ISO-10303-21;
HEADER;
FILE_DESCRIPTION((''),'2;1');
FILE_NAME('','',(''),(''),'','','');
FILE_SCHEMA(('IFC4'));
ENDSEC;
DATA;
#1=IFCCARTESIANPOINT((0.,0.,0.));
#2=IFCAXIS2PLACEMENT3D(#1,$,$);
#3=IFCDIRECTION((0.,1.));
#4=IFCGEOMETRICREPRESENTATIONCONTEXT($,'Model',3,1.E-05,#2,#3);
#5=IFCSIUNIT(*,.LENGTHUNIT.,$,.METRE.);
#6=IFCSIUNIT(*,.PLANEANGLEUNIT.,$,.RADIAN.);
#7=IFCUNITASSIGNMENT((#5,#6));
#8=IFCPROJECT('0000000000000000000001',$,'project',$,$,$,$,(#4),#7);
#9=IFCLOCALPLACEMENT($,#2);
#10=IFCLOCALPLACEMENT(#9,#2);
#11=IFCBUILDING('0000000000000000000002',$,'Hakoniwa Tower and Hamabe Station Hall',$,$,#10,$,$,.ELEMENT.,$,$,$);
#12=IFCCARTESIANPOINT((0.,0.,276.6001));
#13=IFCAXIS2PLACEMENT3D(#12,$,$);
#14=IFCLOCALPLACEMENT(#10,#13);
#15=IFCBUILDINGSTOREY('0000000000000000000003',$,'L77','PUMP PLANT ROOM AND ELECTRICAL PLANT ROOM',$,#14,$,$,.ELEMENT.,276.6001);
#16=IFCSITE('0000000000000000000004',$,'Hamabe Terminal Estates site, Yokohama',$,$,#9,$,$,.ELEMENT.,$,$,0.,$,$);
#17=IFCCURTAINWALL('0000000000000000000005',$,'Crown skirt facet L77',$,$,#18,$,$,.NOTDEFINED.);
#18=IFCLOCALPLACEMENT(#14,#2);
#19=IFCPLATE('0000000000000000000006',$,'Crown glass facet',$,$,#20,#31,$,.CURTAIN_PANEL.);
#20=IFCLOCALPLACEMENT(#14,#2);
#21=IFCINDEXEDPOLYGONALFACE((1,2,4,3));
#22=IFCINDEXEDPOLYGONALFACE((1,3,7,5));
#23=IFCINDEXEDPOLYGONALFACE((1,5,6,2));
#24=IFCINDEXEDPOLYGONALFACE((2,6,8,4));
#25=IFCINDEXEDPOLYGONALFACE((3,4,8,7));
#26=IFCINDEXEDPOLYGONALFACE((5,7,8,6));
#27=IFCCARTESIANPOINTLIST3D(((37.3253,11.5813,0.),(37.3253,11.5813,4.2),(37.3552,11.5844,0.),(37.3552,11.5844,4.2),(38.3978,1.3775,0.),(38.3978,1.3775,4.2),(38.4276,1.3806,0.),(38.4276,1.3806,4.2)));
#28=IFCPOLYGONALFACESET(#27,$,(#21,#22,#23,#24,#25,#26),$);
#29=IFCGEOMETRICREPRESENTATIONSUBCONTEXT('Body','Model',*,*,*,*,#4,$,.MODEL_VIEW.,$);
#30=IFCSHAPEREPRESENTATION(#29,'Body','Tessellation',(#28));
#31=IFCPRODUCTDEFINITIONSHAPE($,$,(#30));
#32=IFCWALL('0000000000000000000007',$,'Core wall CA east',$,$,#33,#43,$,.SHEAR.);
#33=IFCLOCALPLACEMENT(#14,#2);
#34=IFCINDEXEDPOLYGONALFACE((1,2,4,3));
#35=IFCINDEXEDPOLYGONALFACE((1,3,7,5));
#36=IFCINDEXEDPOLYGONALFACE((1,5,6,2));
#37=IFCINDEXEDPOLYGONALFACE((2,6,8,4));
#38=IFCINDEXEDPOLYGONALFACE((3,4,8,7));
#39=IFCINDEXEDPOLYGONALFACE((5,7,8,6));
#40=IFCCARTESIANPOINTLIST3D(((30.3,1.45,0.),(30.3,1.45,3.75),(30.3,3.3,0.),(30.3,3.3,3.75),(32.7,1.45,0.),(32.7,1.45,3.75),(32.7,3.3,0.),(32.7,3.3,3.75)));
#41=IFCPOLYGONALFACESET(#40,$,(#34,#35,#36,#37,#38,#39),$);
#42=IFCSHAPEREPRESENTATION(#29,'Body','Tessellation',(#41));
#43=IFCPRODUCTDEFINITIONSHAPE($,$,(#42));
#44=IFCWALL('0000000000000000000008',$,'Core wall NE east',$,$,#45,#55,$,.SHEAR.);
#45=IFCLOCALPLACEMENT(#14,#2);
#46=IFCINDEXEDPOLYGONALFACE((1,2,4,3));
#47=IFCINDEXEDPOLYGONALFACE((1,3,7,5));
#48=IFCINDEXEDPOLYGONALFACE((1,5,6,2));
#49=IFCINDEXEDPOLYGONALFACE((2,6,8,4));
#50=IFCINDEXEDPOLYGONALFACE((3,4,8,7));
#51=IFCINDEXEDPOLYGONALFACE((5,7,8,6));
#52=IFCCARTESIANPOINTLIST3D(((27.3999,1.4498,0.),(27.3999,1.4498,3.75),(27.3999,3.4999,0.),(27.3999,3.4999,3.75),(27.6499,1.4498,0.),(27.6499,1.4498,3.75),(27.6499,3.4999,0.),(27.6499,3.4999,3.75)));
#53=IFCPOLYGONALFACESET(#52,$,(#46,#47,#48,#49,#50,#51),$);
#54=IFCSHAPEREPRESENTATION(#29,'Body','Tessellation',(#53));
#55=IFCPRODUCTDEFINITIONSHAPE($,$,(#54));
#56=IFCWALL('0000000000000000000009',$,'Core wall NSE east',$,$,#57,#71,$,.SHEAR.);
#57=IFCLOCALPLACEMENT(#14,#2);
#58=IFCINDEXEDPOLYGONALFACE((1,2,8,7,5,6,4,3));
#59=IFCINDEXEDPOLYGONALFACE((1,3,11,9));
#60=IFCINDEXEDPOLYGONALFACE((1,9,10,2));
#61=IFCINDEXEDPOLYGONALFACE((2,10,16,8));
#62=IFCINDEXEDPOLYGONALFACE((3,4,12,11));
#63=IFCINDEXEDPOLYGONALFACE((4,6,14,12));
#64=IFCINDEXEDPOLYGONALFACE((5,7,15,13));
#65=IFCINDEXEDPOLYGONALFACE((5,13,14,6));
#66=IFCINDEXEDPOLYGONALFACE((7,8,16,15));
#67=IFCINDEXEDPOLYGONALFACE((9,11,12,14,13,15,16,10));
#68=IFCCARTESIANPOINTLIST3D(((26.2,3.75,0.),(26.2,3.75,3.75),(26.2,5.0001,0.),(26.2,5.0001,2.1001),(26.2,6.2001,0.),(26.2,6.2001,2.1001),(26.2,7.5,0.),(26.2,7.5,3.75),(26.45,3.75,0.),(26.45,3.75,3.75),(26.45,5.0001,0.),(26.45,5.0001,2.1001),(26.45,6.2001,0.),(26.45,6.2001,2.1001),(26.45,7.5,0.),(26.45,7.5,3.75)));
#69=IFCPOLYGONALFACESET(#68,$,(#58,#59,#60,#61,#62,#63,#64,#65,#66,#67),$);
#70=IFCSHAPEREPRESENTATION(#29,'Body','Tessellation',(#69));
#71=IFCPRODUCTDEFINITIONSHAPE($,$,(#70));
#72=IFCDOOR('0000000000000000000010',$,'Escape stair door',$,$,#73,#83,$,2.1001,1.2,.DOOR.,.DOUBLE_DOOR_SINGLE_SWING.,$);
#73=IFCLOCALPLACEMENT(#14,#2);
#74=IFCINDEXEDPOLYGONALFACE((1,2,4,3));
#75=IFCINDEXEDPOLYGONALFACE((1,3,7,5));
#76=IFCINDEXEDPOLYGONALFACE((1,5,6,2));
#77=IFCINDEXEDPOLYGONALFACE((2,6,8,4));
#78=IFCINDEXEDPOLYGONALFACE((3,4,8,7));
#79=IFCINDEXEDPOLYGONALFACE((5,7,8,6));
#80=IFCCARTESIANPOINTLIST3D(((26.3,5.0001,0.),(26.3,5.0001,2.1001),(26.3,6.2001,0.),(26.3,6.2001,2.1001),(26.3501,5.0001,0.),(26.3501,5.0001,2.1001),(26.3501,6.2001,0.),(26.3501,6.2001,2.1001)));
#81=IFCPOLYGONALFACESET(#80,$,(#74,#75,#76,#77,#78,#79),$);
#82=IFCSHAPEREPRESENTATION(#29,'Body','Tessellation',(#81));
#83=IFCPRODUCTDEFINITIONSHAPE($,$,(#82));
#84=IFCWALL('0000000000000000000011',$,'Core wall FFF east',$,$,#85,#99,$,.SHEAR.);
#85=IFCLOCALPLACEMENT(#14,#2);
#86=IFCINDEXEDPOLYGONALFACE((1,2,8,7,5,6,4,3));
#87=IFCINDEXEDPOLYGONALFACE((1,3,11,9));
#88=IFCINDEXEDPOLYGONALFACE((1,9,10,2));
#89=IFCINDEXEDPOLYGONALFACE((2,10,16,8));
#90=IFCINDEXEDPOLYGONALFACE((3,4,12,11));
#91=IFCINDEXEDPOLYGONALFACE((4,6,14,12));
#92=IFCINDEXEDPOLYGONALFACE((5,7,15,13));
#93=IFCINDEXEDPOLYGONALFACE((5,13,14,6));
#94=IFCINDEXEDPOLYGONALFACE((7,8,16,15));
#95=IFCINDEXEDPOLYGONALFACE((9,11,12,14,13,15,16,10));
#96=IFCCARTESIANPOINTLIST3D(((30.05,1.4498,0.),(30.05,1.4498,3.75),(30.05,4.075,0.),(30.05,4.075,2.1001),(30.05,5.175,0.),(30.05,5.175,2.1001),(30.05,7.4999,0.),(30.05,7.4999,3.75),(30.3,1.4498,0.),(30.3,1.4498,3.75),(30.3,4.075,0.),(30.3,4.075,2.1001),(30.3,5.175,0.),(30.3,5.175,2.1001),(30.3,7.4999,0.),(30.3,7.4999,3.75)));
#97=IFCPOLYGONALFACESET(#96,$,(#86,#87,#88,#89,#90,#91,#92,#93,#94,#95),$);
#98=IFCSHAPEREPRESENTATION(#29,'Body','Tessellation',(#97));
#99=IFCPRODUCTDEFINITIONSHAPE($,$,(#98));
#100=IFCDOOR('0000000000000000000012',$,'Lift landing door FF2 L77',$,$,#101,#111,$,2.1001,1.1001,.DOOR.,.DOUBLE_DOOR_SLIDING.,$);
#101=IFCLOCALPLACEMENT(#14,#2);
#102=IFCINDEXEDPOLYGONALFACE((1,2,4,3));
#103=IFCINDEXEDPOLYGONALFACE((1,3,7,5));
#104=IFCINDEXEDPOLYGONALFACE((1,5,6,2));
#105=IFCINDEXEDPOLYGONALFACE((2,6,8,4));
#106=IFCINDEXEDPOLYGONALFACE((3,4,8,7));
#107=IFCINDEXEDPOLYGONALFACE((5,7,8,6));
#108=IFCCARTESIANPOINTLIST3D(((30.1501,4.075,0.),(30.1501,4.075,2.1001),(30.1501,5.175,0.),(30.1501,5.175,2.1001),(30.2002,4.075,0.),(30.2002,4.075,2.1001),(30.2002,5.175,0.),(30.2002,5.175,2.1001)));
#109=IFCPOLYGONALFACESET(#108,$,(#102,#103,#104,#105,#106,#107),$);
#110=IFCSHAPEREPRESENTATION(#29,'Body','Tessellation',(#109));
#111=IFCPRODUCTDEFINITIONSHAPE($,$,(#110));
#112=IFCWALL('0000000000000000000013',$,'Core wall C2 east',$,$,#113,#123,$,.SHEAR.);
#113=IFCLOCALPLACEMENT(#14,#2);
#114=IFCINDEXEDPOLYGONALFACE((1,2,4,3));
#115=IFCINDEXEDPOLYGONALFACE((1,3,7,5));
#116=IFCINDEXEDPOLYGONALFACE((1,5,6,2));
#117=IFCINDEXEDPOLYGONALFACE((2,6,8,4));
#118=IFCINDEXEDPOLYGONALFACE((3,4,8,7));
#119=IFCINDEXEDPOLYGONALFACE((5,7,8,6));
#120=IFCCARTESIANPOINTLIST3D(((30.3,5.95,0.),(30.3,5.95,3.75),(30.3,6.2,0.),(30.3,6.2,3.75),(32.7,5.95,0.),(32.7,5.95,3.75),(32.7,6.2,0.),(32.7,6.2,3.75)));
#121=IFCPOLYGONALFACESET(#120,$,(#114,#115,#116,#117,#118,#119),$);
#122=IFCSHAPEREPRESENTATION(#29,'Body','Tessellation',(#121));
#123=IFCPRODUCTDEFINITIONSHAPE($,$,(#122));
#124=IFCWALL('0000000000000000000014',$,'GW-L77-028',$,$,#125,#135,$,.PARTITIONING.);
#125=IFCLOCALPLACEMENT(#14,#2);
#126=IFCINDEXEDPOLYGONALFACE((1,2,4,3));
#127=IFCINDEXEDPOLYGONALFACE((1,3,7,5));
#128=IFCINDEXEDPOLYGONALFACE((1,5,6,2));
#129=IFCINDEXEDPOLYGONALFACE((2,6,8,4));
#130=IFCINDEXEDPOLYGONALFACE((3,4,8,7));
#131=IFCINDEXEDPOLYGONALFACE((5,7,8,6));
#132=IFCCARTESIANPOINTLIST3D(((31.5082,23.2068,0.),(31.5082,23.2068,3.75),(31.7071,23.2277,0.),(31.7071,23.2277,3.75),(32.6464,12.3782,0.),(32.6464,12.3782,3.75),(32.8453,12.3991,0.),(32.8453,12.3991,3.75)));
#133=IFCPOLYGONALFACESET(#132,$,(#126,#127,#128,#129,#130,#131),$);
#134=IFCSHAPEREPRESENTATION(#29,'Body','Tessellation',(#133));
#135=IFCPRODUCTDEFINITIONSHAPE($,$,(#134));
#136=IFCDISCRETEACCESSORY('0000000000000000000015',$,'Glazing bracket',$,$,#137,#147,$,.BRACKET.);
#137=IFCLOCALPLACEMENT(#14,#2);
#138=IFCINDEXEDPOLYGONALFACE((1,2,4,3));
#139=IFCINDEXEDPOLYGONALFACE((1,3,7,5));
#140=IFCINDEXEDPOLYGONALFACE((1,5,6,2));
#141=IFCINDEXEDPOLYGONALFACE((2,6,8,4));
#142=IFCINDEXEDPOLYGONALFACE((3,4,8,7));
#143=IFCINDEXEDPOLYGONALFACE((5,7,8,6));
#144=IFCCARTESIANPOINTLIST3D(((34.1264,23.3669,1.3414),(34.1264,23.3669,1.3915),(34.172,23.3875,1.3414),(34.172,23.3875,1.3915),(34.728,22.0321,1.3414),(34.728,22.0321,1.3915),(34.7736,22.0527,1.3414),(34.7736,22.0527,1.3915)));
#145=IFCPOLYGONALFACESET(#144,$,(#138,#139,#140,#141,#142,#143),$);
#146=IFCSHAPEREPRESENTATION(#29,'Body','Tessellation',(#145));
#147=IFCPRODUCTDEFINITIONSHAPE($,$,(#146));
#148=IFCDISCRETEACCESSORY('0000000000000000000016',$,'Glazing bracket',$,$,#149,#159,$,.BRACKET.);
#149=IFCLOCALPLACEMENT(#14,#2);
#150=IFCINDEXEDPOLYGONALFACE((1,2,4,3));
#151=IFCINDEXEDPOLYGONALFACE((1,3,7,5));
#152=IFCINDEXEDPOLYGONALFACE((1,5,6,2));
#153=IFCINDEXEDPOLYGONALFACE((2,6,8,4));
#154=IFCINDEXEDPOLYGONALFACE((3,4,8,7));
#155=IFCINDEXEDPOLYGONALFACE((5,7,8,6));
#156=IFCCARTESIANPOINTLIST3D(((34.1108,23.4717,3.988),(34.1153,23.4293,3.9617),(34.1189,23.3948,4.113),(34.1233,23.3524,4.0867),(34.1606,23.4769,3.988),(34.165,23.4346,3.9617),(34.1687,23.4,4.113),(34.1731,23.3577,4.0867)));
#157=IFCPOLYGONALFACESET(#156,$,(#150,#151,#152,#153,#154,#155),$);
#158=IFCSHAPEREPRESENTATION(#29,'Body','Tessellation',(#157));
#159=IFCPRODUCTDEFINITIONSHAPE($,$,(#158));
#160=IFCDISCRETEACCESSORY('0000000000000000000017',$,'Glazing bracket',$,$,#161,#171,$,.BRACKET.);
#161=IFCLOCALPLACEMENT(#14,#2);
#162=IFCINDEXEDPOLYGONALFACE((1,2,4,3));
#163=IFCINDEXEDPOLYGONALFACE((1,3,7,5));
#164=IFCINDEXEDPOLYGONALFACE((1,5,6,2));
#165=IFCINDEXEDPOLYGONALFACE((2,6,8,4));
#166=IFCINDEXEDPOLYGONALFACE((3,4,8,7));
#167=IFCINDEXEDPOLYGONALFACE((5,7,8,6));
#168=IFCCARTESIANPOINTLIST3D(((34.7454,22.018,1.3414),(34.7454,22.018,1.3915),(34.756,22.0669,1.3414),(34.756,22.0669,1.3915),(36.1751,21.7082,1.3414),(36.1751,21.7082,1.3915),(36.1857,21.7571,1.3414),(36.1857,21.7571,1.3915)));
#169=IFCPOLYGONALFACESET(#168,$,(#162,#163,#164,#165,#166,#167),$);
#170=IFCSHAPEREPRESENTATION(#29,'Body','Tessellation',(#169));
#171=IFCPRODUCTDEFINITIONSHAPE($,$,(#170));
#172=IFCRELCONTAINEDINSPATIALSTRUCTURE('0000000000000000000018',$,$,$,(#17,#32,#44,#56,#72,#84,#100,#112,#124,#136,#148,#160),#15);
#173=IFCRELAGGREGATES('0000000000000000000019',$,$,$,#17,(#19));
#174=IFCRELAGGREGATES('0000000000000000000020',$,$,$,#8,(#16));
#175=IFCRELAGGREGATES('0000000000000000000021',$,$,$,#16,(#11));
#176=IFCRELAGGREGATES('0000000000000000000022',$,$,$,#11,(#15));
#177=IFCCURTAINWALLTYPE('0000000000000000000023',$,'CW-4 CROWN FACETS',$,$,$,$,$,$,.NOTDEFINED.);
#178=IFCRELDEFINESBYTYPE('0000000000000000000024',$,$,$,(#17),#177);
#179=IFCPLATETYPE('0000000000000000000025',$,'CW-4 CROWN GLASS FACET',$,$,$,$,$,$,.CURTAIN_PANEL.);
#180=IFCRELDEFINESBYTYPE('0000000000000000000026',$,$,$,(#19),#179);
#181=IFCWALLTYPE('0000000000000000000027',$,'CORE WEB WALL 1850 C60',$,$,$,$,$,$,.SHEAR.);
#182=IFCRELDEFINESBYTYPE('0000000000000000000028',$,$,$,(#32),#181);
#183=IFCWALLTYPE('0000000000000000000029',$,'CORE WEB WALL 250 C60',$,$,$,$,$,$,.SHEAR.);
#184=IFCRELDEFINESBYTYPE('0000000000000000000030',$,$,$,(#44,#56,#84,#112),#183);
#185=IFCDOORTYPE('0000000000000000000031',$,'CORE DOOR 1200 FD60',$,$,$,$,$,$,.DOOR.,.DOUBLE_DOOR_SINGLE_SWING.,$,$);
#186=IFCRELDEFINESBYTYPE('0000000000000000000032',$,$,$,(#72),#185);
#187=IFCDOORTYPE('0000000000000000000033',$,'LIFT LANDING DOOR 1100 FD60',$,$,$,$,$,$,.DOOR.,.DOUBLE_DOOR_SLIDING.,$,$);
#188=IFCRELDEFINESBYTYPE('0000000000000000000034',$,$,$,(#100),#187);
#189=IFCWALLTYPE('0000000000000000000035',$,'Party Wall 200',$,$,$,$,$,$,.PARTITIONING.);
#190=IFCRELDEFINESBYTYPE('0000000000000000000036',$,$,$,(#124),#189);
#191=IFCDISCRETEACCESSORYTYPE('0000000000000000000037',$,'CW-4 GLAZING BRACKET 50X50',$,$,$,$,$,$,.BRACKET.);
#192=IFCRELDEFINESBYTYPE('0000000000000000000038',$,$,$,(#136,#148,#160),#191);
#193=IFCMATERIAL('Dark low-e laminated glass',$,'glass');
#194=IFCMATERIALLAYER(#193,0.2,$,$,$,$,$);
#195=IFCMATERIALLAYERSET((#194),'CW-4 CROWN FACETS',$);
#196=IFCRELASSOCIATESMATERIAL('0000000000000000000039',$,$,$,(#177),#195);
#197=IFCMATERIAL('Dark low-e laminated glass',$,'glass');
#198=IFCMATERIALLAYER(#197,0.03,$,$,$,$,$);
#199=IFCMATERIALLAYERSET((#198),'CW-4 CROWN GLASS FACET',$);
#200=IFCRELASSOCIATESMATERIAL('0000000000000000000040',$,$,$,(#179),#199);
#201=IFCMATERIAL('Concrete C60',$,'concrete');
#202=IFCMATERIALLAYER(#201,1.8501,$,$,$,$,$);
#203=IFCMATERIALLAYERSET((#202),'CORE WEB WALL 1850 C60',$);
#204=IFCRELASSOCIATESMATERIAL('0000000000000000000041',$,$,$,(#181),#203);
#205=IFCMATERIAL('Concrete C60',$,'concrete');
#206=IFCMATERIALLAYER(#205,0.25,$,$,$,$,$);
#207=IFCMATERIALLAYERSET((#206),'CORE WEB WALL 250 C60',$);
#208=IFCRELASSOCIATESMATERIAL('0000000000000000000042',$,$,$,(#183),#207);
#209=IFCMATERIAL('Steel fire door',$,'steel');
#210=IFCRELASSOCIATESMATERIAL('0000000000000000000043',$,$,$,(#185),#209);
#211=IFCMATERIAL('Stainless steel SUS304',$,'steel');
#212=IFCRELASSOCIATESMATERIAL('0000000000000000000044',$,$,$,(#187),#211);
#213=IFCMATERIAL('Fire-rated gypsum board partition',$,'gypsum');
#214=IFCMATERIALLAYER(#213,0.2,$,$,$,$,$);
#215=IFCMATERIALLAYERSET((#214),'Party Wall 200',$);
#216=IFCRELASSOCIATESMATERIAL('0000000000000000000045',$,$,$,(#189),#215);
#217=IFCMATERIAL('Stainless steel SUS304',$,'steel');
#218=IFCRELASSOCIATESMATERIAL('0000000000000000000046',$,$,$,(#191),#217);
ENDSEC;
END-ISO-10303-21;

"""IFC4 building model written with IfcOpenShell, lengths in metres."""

from ifc_helpers import new_model, si_unit, direction, frame, frame_2d, origin, origin_2d, place, context, subcontext, project, spatial, rectangle, extrude, material, layer, layer_set, material_profile, profile_set, type_object, element, fill, aggregate, save


model = new_model("IFC4")

# Units and contexts
model_context = context("Model", 3, precision=1e-05, world=origin(), true_north=direction((0.0, 1.0)))
body_context = subcontext(model_context, "Body", "Model", "MODEL_VIEW")
ifc_project = project(units=[si_unit("LENGTHUNIT", "METRE"), si_unit("PLANEANGLEUNIT", "RADIAN")], contexts=[model_context])

# Site, building, storey
site_placement = place(None, origin())
site = spatial("IfcSite", under=ifc_project, at=site_placement, Name="Hamabe Terminal Estates site, Yokohama", CompositionType="ELEMENT", RefElevation=0.0)
building_placement = place(site_placement, origin())
building = spatial("IfcBuilding", under=site, at=building_placement, Name="Hakoniwa Tower and Hamabe Station Hall", CompositionType="ELEMENT")
storey_placement = place(building_placement, frame((0.0, 0.0, 276.6001)))
storey = spatial("IfcBuildingStorey", under=building, at=storey_placement, Name="L77", Description="PUMP PLANT ROOM AND ELECTRICAL PLANT ROOM", CompositionType="ELEMENT", Elevation=276.6001)

# Shared definitions
ifc_material_1 = material(Name="Dark low-e laminated glass", Category="glass")
ifc_layer_1 = layer(ifc_material_1, 0.2)
ifc_layer_set_1 = layer_set([ifc_layer_1], Name="CW-4 CROWN FACETS")
curtain_wall_type = type_object("IfcCurtainWallType", Name="CW-4 CROWN FACETS", PredefinedType="NOTDEFINED", material=ifc_layer_set_1)

# Shared definitions
ifc_material_2 = material(Name="Dark low-e laminated glass", Category="glass")
ifc_layer_2 = layer(ifc_material_2, 0.03)
ifc_layer_set_2 = layer_set([ifc_layer_2], Name="CW-4 CROWN GLASS FACET")
plate_type = type_object("IfcPlateType", Name="CW-4 CROWN GLASS FACET", PredefinedType="CURTAIN_PANEL", material=ifc_layer_set_2)

# Curtain wall, plate
curtain_wall_1_placement = place(storey_placement, origin())
curtain_wall_1 = element("IfcCurtainWall", 1, at=curtain_wall_1_placement, inside=storey, type_object=curtain_wall_type, Name="Crown skirt facet L77", PredefinedType="NOTDEFINED")
plate_1_placement = place(storey_placement, frame((37.8765, 6.481, 0.0), z_axis=(0.0, 0.0, 1.0), x_axis=(-0.104528, 0.994522, 0.0)))
plate_1 = element("IfcPlate", 2, at=plate_1_placement, type_object=plate_type, Name="Crown glass facet", PredefinedType="CURTAIN_PANEL", context=body_context, shape_type="SweptSolid", body=[
    extrude(rectangle(XDim=10.26, YDim=0.03, at=origin_2d()), origin(), (0.0, 0.0, 1.0), 4.2),
])
aggregate(curtain_wall_1, [plate_1])

# Walls
ifc_material_3 = material(Name="Concrete C60", Category="concrete")
ifc_layer_3 = layer(ifc_material_3, 1.8501)
ifc_layer_set_3 = layer_set([ifc_layer_3], Name="CORE WEB WALL 1850 C60")
wall_type_1 = type_object("IfcWallType", Name="CORE WEB WALL 1850 C60", PredefinedType="SHEAR", material=ifc_layer_set_3)
wall_1_placement = place(storey_placement, frame((30.3, 2.375, 0.0), z_axis=(0.0, 0.0, 1.0), x_axis=(1.0, 0.0, 0.0)))
element("IfcWall", 3, at=wall_1_placement, inside=storey, type_object=wall_type_1, Name="Core wall CA east", PredefinedType="SHEAR", context=body_context, shape_type="SweptSolid", body=[
    extrude(rectangle(XDim=2.3999, YDim=1.8501, at=frame_2d((1.2, 0.0))), origin(), (0.0, 0.0, 1.0), 3.75),
])
ifc_material_4 = material(Name="Concrete C60", Category="concrete")
ifc_layer_4 = layer(ifc_material_4, 0.25)
ifc_layer_set_4 = layer_set([ifc_layer_4], Name="CORE WEB WALL 250 C60")
wall_type_2 = type_object("IfcWallType", Name="CORE WEB WALL 250 C60", PredefinedType="SHEAR", material=ifc_layer_set_4)
wall_2_placement = place(storey_placement, frame((27.5249, 1.45, 0.0), z_axis=(0.0, 0.0, 1.0), x_axis=(0.0, 1.0, 0.0)))
element("IfcWall", 4, at=wall_2_placement, inside=storey, type_object=wall_type_2, Name="Core wall NE east", PredefinedType="SHEAR", context=body_context, shape_type="SweptSolid", body=[
    extrude(rectangle(XDim=2.05, YDim=0.25, at=frame_2d((1.0249, 0.0))), origin(), (0.0, 0.0, 1.0), 3.75),
])

# Walls, openings, doors
wall_3_placement = place(storey_placement, frame((26.325, 3.75, 0.0), z_axis=(0.0, 0.0, 1.0), x_axis=(0.0, 1.0, 0.0)))
wall_3 = element("IfcWall", 5, at=wall_3_placement, inside=storey, type_object=wall_type_2, Name="Core wall NSE east", PredefinedType="SHEAR", context=body_context, shape_type="SweptSolid", body=[
    extrude(rectangle(XDim=3.75, YDim=0.25, at=frame_2d((1.875, 0.0))), origin(), (0.0, 0.0, 1.0), 3.75),
])
opening_1_placement = place(wall_3_placement, frame((1.25, 0.0, 0.0)))
opening_1 = element("IfcOpeningElement", 6, at=opening_1_placement, cuts=wall_3, PredefinedType="OPENING", context=body_context, shape_type="SweptSolid", body=[
    extrude(rectangle(XDim=1.2, YDim=2.1001, at=frame_2d((0.6001, 1.05))), frame((0.0, 0.135, 0.0), z_axis=(0.0, -1.0, 0.0), x_axis=(1.0, 0.0, 0.0)), (0.0, 0.0, 1.0), 0.27),
])
ifc_material_5 = material(Name="Steel fire door", Category="steel")
door_type_1 = type_object("IfcDoorType", Name="CORE DOOR 1200 FD60", OperationType="DOUBLE_DOOR_SINGLE_SWING", PredefinedType="DOOR", material=ifc_material_5)
door_1_placement = place(opening_1_placement, origin())
door_1 = element("IfcDoor", 7, at=door_1_placement, inside=storey, type_object=door_type_1, Name="Escape stair door", OperationType="DOUBLE_DOOR_SINGLE_SWING", OverallHeight=2.1001, OverallWidth=1.2, PredefinedType="DOOR", context=body_context, shape_type="SweptSolid", body=[
    extrude(rectangle(XDim=1.2, YDim=2.1001, at=frame_2d((0.6001, 1.05))), frame((0.0, 0.0249, 0.0), z_axis=(0.0, -1.0, 0.0), x_axis=(1.0, 0.0, 0.0)), (0.0, 0.0, 1.0), 0.05),
])
fill(opening_1, door_1)
wall_4_placement = place(storey_placement, frame((30.175, 1.45, 0.0), z_axis=(0.0, 0.0, 1.0), x_axis=(0.0, 1.0, 0.0)))
wall_4 = element("IfcWall", 8, at=wall_4_placement, inside=storey, type_object=wall_type_2, Name="Core wall FFF east", PredefinedType="SHEAR", context=body_context, shape_type="SweptSolid", body=[
    extrude(rectangle(XDim=6.05, YDim=0.25, at=frame_2d((3.0249, 0.0))), origin(), (0.0, 0.0, 1.0), 3.75),
])
opening_2_placement = place(wall_4_placement, frame((2.625, 0.0, 0.0)))
opening_2 = element("IfcOpeningElement", 9, at=opening_2_placement, cuts=wall_4, PredefinedType="OPENING", context=body_context, shape_type="SweptSolid", body=[
    extrude(rectangle(XDim=1.1001, YDim=2.1001, at=frame_2d((0.55, 1.05))), frame((0.0, 0.135, 0.0), z_axis=(0.0, -1.0, 0.0), x_axis=(1.0, 0.0, 0.0)), (0.0, 0.0, 1.0), 0.27),
])
ifc_material_6 = material(Name="Stainless steel SUS304", Category="steel")
door_type_2 = type_object("IfcDoorType", Name="LIFT LANDING DOOR 1100 FD60", OperationType="DOUBLE_DOOR_SLIDING", PredefinedType="DOOR", material=ifc_material_6)
door_2_placement = place(opening_2_placement, origin())
door_2 = element("IfcDoor", 10, at=door_2_placement, inside=storey, type_object=door_type_2, Name="Lift landing door FF2 L77", OperationType="DOUBLE_DOOR_SLIDING", OverallHeight=2.1001, OverallWidth=1.1001, PredefinedType="DOOR", context=body_context, shape_type="SweptSolid", body=[
    extrude(rectangle(XDim=1.1001, YDim=2.1001, at=frame_2d((0.55, 1.05))), frame((0.0, 0.0249, 0.0), z_axis=(0.0, -1.0, 0.0), x_axis=(1.0, 0.0, 0.0)), (0.0, 0.0, 1.0), 0.05),
])
fill(opening_2, door_2)

# Walls
wall_5_placement = place(storey_placement, frame((30.3, 6.075, 0.0), z_axis=(0.0, 0.0, 1.0), x_axis=(1.0, 0.0, 0.0)))
element("IfcWall", 11, at=wall_5_placement, inside=storey, type_object=wall_type_2, Name="Core wall C2 east", PredefinedType="SHEAR", context=body_context, shape_type="SweptSolid", body=[
    extrude(rectangle(XDim=2.3999, YDim=0.25, at=frame_2d((1.2, 0.0))), origin(), (0.0, 0.0, 1.0), 3.75),
])
ifc_material_7 = material(Name="Fire-rated gypsum board partition", Category="gypsum")
ifc_layer_5 = layer(ifc_material_7, 0.2)
ifc_layer_set_5 = layer_set([ifc_layer_5], Name="Party Wall 200")
wall_type_3 = type_object("IfcWallType", Name="Party Wall 200", PredefinedType="PARTITIONING", material=ifc_layer_set_5)
wall_6_placement = place(storey_placement, frame((32.7458, 12.3887, 0.0), z_axis=(0.0, 0.0, 1.0), x_axis=(-0.104533, 0.994521, 0.0)))
element("IfcWall", 12, at=wall_6_placement, inside=storey, type_object=wall_type_3, Name="GW-L77-028", PredefinedType="PARTITIONING", context=body_context, shape_type="SweptSolid", body=[
    extrude(rectangle(XDim=10.8882, YDim=0.2, at=frame_2d((5.4441, 0.0))), origin(), (0.0, 0.0, 1.0), 3.75),
])

# Discrete accessories
ifc_material_8 = material(Name="Stainless steel SUS304", Category="steel")
ifc_material_profile_1 = material_profile(ifc_material_8, rectangle(XDim=0.05, YDim=0.05, at=origin_2d()), Name="CW-4 GLAZING BRACKET 50X50")
ifc_profile_set_1 = profile_set([ifc_material_profile_1], Name="Stainless steel SUS304")
discrete_accessory_type = type_object("IfcDiscreteAccessoryType", Name="CW-4 GLAZING BRACKET 50X50", PredefinedType="BRACKET", material=ifc_profile_set_1)
discrete_accessory_1_placement = place(storey_placement, frame((34.1492, 23.3772, 1.3665), z_axis=(0.410899, -0.911681, 0.0), x_axis=(0.911681, 0.410899, 0.0)))
element("IfcDiscreteAccessory", 13, at=discrete_accessory_1_placement, inside=storey, type_object=discrete_accessory_type, Name="Glazing bracket", PredefinedType="BRACKET", context=body_context, shape_type="SweptSolid", body=[
    extrude(rectangle(XDim=0.05, YDim=0.05, at=origin_2d()), origin(), (0.0, 0.0, 1.0), 1.4641),
])
discrete_accessory_2_placement = place(storey_placement, frame((34.146, 23.3762, 4.0999), z_axis=(-0.054813, 0.523217, -0.850435), x_axis=(-0.994557, -0.104192, 0.0)))
element("IfcDiscreteAccessory", 14, at=discrete_accessory_2_placement, inside=storey, type_object=discrete_accessory_type, Name="Glazing bracket", PredefinedType="BRACKET", context=body_context, shape_type="SweptSolid", body=[
    extrude(rectangle(XDim=0.05, YDim=0.05, at=origin_2d()), origin(), (0.0, 0.0, 1.0), 0.147),
])
discrete_accessory_3_placement = place(storey_placement, frame((36.1804, 21.7327, 1.3665), z_axis=(-0.977316, 0.211785, 0.0), x_axis=(-0.211785, -0.977316, 0.0)))
element("IfcDiscreteAccessory", 15, at=discrete_accessory_3_placement, inside=storey, type_object=discrete_accessory_type, Name="Glazing bracket", PredefinedType="BRACKET", context=body_context, shape_type="SweptSolid", body=[
    extrude(rectangle(XDim=0.05, YDim=0.05, at=origin_2d()), origin(), (0.0, 0.0, 1.0), 1.4629),
])

save(model, "model.ifc")
